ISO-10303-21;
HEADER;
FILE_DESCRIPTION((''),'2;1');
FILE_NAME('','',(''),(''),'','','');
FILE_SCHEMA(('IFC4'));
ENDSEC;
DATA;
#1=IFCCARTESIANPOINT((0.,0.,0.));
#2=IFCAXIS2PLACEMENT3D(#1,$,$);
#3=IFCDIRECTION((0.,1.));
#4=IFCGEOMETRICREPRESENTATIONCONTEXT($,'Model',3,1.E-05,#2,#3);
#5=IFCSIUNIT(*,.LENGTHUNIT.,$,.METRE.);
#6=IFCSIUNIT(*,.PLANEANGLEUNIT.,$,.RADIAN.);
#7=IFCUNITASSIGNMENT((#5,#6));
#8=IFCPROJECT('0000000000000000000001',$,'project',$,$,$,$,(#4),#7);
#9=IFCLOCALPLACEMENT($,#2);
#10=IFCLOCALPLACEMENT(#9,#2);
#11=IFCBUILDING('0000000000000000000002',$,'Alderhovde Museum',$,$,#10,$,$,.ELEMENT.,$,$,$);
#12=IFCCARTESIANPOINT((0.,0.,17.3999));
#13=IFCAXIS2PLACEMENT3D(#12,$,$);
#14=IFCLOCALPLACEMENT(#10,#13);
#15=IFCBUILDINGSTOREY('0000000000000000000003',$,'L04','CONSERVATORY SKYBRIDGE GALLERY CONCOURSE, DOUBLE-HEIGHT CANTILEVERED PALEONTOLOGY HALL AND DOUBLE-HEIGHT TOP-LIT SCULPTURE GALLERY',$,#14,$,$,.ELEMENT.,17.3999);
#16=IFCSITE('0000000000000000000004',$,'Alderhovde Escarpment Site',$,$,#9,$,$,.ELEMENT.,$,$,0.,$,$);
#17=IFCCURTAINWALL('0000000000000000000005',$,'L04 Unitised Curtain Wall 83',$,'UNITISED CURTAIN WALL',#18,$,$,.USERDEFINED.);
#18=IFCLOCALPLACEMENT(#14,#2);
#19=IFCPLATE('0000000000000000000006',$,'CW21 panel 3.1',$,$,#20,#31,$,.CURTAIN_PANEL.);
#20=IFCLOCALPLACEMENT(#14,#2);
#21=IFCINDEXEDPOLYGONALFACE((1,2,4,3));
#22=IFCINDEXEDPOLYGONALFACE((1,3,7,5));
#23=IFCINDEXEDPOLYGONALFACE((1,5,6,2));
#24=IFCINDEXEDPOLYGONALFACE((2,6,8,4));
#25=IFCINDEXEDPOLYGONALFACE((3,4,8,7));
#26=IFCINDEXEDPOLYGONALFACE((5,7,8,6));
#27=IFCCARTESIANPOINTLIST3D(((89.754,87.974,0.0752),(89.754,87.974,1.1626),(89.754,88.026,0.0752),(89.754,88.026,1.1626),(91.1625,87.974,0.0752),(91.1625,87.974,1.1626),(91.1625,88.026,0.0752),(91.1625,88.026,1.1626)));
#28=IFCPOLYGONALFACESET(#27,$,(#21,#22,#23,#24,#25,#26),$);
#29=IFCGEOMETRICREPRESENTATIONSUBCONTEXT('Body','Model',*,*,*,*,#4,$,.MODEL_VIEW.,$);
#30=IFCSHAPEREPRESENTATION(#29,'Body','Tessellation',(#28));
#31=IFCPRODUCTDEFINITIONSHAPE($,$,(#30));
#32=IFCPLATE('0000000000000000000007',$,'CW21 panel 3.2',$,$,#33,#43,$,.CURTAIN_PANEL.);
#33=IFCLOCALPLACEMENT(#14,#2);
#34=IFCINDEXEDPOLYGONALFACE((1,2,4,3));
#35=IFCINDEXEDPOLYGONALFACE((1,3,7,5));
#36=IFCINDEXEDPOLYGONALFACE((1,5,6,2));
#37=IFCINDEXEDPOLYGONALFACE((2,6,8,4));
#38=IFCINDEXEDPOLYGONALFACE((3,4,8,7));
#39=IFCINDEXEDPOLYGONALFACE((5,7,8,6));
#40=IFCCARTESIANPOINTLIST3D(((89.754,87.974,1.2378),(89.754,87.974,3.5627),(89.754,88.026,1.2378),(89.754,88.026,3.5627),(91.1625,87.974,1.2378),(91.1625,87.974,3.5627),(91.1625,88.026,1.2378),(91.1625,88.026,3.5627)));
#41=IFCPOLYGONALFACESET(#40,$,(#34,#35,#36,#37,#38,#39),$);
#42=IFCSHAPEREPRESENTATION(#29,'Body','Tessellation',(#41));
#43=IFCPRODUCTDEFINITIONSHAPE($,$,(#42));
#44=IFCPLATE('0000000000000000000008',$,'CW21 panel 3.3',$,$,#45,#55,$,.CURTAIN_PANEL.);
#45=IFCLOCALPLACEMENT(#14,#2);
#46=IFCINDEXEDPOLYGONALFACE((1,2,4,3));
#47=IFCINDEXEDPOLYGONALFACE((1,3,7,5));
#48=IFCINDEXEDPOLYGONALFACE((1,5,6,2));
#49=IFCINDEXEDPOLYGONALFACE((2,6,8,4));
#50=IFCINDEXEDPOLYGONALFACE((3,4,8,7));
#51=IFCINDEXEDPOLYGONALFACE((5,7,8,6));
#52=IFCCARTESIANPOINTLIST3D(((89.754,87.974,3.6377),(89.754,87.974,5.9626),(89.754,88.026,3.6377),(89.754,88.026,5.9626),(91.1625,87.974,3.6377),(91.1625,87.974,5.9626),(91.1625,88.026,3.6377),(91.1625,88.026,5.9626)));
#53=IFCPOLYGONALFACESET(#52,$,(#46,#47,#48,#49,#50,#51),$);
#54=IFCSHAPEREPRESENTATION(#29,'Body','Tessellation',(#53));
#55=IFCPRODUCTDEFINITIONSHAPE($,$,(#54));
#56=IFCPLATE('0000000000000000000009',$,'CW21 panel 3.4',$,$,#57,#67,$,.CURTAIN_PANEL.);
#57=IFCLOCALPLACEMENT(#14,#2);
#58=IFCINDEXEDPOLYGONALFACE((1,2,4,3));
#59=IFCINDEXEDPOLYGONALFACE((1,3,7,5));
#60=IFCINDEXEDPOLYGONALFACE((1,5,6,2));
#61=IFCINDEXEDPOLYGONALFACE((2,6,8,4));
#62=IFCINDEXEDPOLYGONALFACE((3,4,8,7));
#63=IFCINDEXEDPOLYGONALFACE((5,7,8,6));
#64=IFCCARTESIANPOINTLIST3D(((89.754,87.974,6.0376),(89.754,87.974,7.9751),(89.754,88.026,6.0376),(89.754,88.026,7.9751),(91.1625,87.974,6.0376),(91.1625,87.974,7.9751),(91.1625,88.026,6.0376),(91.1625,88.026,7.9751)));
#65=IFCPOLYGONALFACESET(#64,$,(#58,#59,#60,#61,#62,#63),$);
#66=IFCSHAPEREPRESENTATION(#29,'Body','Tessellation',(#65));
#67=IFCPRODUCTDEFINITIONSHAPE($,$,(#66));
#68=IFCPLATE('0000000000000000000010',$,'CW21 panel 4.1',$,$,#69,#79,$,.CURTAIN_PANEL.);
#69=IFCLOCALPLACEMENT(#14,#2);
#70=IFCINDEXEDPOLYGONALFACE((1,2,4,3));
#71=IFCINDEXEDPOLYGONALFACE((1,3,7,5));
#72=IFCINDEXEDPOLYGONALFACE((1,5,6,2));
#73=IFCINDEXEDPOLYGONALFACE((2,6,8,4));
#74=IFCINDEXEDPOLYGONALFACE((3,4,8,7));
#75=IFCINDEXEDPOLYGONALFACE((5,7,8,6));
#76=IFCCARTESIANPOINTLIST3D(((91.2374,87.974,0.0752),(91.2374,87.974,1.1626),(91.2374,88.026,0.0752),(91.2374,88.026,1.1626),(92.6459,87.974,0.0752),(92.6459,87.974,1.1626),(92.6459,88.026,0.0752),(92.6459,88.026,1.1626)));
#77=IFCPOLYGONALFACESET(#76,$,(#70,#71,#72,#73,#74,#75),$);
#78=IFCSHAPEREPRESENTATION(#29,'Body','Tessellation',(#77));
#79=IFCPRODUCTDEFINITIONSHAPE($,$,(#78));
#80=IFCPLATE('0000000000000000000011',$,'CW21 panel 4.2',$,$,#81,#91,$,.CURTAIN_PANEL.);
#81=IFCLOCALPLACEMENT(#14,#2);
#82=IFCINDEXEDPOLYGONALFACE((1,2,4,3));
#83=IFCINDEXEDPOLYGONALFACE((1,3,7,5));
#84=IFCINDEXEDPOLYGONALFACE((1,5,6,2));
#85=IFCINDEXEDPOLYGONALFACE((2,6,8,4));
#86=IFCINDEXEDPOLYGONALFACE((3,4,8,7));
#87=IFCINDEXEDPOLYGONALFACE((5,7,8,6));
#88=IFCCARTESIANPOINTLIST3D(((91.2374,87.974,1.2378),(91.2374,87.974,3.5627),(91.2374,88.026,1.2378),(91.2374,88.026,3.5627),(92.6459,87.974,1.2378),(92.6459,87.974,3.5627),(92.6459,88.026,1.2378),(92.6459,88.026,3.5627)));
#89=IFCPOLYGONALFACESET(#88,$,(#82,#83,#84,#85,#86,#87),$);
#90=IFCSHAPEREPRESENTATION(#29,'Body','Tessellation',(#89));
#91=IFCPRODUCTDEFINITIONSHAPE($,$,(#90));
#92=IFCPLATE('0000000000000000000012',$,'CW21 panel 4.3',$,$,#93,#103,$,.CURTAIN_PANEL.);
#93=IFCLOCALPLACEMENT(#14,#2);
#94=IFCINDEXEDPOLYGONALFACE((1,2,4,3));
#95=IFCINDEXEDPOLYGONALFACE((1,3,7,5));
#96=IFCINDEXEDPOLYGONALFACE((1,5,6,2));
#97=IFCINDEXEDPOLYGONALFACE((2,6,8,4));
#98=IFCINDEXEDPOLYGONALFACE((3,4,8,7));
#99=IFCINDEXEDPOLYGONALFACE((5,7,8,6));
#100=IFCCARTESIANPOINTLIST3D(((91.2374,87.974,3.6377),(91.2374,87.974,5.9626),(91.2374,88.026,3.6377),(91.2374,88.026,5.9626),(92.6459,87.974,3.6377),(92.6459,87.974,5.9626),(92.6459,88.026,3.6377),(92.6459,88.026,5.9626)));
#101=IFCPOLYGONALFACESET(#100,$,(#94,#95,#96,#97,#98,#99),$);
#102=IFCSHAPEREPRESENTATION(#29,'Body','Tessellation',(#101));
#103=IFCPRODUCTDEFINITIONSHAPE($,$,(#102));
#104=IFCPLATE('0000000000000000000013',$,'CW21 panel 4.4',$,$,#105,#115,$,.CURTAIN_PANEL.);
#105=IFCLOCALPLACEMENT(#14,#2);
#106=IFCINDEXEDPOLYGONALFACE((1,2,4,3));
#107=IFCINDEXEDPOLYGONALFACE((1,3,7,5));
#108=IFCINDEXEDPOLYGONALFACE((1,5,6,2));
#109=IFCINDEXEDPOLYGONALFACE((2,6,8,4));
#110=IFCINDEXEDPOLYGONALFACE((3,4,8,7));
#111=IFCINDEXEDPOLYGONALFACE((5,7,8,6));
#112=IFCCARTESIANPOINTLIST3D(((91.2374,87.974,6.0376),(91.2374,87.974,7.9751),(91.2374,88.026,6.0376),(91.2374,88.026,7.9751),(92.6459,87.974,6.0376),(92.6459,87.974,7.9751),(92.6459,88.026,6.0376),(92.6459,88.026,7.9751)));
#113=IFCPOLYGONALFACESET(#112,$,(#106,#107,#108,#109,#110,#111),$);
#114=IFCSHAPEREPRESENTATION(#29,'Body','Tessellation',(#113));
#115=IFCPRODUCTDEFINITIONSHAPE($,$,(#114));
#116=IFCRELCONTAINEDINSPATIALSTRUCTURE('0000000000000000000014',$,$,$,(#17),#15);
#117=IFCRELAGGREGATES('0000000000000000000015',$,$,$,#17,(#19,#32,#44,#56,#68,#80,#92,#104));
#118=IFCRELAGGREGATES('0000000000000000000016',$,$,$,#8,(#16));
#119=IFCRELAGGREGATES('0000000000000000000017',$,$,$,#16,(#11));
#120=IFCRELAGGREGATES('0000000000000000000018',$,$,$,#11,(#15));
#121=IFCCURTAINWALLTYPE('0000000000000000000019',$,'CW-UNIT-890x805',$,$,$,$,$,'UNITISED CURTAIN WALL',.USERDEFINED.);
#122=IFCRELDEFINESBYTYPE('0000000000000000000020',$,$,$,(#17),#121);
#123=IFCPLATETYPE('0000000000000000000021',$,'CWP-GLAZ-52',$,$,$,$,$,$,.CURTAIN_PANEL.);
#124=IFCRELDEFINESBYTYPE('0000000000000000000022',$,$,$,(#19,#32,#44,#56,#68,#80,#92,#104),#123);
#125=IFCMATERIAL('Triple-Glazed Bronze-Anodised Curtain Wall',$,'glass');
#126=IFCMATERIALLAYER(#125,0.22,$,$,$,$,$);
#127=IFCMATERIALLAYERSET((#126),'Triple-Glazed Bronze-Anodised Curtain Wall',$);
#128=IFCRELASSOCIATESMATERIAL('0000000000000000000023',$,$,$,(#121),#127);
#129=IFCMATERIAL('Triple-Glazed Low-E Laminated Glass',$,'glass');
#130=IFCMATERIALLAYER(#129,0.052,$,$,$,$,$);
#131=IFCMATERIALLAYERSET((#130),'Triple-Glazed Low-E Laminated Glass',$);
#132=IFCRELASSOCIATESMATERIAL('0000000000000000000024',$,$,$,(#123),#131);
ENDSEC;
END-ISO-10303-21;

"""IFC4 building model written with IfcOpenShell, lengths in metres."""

from ifc_helpers import new_model, si_unit, direction, frame, origin, origin_2d, place, context, subcontext, project, spatial, rectangle, extrude, material, layer, layer_set, type_object, element, aggregate, save


model = new_model("IFC4")

# Units and contexts
model_context = context("Model", 3, precision=1e-05, world=origin(), true_north=direction((0.0, 1.0)))
body_context = subcontext(model_context, "Body", "Model", "MODEL_VIEW")
ifc_project = project(units=[si_unit("LENGTHUNIT", "METRE"), si_unit("PLANEANGLEUNIT", "RADIAN")], contexts=[model_context])

# Site, building, storey
site_placement = place(None, origin())
site = spatial("IfcSite", under=ifc_project, at=site_placement, Name="Alderhovde Escarpment Site", CompositionType="ELEMENT", RefElevation=0.0)
building_placement = place(site_placement, origin())
building = spatial("IfcBuilding", under=site, at=building_placement, Name="Alderhovde Museum", CompositionType="ELEMENT")
storey_placement = place(building_placement, frame((0.0, 0.0, 17.3999)))
storey = spatial("IfcBuildingStorey", under=building, at=storey_placement, Name="L04", Description="CONSERVATORY SKYBRIDGE GALLERY CONCOURSE, DOUBLE-HEIGHT CANTILEVERED PALEONTOLOGY HALL AND DOUBLE-HEIGHT TOP-LIT SCULPTURE GALLERY", CompositionType="ELEMENT", Elevation=17.3999)

# Curtain wall
ifc_material_1 = material(Name="Triple-Glazed Bronze-Anodised Curtain Wall", Category="glass")
ifc_layer_1 = layer(ifc_material_1, 0.22)
ifc_layer_set_1 = layer_set([ifc_layer_1], Name="Triple-Glazed Bronze-Anodised Curtain Wall")
curtain_wall_type = type_object("IfcCurtainWallType", Name="CW-UNIT-890x805", ElementType="UNITISED CURTAIN WALL", PredefinedType="USERDEFINED", material=ifc_layer_set_1)
curtain_wall_placement = place(storey_placement, origin())
curtain_wall = element("IfcCurtainWall", 1, at=curtain_wall_placement, inside=storey, type_object=curtain_wall_type, Name="L04 Unitised Curtain Wall 83", ObjectType="UNITISED CURTAIN WALL", PredefinedType="USERDEFINED")

# Plates
ifc_material_2 = material(Name="Triple-Glazed Low-E Laminated Glass", Category="glass")
ifc_layer_2 = layer(ifc_material_2, 0.052)
ifc_layer_set_2 = layer_set([ifc_layer_2], Name="Triple-Glazed Low-E Laminated Glass")
plate_type = type_object("IfcPlateType", Name="CWP-GLAZ-52", PredefinedType="CURTAIN_PANEL", material=ifc_layer_set_2)
plate_1_placement = place(storey_placement, frame((90.4583, 88.0, 0.0752), z_axis=(0.0, 0.0, 1.0), x_axis=(1.0, 0.0, 0.0)))
plate_1 = element("IfcPlate", 2, at=plate_1_placement, type_object=plate_type, Name="CW21 panel 3.1", PredefinedType="CURTAIN_PANEL", context=body_context, shape_type="SweptSolid", body=[
    extrude(rectangle(XDim=1.4084, YDim=0.052, at=origin_2d()), origin(), (0.0, 0.0, 1.0), 1.0874),
])
plate_2_placement = place(storey_placement, frame((90.4583, 88.0, 1.2378), z_axis=(0.0, 0.0, 1.0), x_axis=(1.0, 0.0, 0.0)))
plate_2 = element("IfcPlate", 3, at=plate_2_placement, type_object=plate_type, Name="CW21 panel 3.2", PredefinedType="CURTAIN_PANEL", context=body_context, shape_type="SweptSolid", body=[
    extrude(rectangle(XDim=1.4084, YDim=0.052, at=origin_2d()), origin(), (0.0, 0.0, 1.0), 2.325),
])
plate_3_placement = place(storey_placement, frame((90.4583, 88.0, 3.6377), z_axis=(0.0, 0.0, 1.0), x_axis=(1.0, 0.0, 0.0)))
plate_3 = element("IfcPlate", 4, at=plate_3_placement, type_object=plate_type, Name="CW21 panel 3.3", PredefinedType="CURTAIN_PANEL", context=body_context, shape_type="SweptSolid", body=[
    extrude(rectangle(XDim=1.4084, YDim=0.052, at=origin_2d()), origin(), (0.0, 0.0, 1.0), 2.325),
])
plate_4_placement = place(storey_placement, frame((90.4583, 88.0, 6.0376), z_axis=(0.0, 0.0, 1.0), x_axis=(1.0, 0.0, 0.0)))
plate_4 = element("IfcPlate", 5, at=plate_4_placement, type_object=plate_type, Name="CW21 panel 3.4", PredefinedType="CURTAIN_PANEL", context=body_context, shape_type="SweptSolid", body=[
    extrude(rectangle(XDim=1.4084, YDim=0.052, at=origin_2d()), origin(), (0.0, 0.0, 1.0), 1.9375),
])
plate_5_placement = place(storey_placement, frame((91.9417, 88.0, 0.0752), z_axis=(0.0, 0.0, 1.0), x_axis=(1.0, 0.0, 0.0)))
plate_5 = element("IfcPlate", 6, at=plate_5_placement, type_object=plate_type, Name="CW21 panel 4.1", PredefinedType="CURTAIN_PANEL", context=body_context, shape_type="SweptSolid", body=[
    extrude(rectangle(XDim=1.4084, YDim=0.052, at=origin_2d()), origin(), (0.0, 0.0, 1.0), 1.0874),
])
plate_6_placement = place(storey_placement, frame((91.9417, 88.0, 1.2378), z_axis=(0.0, 0.0, 1.0), x_axis=(1.0, 0.0, 0.0)))
plate_6 = element("IfcPlate", 7, at=plate_6_placement, type_object=plate_type, Name="CW21 panel 4.2", PredefinedType="CURTAIN_PANEL", context=body_context, shape_type="SweptSolid", body=[
    extrude(rectangle(XDim=1.4084, YDim=0.052, at=origin_2d()), origin(), (0.0, 0.0, 1.0), 2.325),
])
plate_7_placement = place(storey_placement, frame((91.9417, 88.0, 3.6377), z_axis=(0.0, 0.0, 1.0), x_axis=(1.0, 0.0, 0.0)))
plate_7 = element("IfcPlate", 8, at=plate_7_placement, type_object=plate_type, Name="CW21 panel 4.3", PredefinedType="CURTAIN_PANEL", context=body_context, shape_type="SweptSolid", body=[
    extrude(rectangle(XDim=1.4084, YDim=0.052, at=origin_2d()), origin(), (0.0, 0.0, 1.0), 2.325),
])
plate_8_placement = place(storey_placement, frame((91.9417, 88.0, 6.0376), z_axis=(0.0, 0.0, 1.0), x_axis=(1.0, 0.0, 0.0)))
plate_8 = element("IfcPlate", 9, at=plate_8_placement, type_object=plate_type, Name="CW21 panel 4.4", PredefinedType="CURTAIN_PANEL", context=body_context, shape_type="SweptSolid", body=[
    extrude(rectangle(XDim=1.4084, YDim=0.052, at=origin_2d()), origin(), (0.0, 0.0, 1.0), 1.9375),
])
aggregate(curtain_wall, [plate_1, plate_2, plate_3, plate_4, plate_5, plate_6, plate_7, plate_8])

save(model, "model.ifc")
